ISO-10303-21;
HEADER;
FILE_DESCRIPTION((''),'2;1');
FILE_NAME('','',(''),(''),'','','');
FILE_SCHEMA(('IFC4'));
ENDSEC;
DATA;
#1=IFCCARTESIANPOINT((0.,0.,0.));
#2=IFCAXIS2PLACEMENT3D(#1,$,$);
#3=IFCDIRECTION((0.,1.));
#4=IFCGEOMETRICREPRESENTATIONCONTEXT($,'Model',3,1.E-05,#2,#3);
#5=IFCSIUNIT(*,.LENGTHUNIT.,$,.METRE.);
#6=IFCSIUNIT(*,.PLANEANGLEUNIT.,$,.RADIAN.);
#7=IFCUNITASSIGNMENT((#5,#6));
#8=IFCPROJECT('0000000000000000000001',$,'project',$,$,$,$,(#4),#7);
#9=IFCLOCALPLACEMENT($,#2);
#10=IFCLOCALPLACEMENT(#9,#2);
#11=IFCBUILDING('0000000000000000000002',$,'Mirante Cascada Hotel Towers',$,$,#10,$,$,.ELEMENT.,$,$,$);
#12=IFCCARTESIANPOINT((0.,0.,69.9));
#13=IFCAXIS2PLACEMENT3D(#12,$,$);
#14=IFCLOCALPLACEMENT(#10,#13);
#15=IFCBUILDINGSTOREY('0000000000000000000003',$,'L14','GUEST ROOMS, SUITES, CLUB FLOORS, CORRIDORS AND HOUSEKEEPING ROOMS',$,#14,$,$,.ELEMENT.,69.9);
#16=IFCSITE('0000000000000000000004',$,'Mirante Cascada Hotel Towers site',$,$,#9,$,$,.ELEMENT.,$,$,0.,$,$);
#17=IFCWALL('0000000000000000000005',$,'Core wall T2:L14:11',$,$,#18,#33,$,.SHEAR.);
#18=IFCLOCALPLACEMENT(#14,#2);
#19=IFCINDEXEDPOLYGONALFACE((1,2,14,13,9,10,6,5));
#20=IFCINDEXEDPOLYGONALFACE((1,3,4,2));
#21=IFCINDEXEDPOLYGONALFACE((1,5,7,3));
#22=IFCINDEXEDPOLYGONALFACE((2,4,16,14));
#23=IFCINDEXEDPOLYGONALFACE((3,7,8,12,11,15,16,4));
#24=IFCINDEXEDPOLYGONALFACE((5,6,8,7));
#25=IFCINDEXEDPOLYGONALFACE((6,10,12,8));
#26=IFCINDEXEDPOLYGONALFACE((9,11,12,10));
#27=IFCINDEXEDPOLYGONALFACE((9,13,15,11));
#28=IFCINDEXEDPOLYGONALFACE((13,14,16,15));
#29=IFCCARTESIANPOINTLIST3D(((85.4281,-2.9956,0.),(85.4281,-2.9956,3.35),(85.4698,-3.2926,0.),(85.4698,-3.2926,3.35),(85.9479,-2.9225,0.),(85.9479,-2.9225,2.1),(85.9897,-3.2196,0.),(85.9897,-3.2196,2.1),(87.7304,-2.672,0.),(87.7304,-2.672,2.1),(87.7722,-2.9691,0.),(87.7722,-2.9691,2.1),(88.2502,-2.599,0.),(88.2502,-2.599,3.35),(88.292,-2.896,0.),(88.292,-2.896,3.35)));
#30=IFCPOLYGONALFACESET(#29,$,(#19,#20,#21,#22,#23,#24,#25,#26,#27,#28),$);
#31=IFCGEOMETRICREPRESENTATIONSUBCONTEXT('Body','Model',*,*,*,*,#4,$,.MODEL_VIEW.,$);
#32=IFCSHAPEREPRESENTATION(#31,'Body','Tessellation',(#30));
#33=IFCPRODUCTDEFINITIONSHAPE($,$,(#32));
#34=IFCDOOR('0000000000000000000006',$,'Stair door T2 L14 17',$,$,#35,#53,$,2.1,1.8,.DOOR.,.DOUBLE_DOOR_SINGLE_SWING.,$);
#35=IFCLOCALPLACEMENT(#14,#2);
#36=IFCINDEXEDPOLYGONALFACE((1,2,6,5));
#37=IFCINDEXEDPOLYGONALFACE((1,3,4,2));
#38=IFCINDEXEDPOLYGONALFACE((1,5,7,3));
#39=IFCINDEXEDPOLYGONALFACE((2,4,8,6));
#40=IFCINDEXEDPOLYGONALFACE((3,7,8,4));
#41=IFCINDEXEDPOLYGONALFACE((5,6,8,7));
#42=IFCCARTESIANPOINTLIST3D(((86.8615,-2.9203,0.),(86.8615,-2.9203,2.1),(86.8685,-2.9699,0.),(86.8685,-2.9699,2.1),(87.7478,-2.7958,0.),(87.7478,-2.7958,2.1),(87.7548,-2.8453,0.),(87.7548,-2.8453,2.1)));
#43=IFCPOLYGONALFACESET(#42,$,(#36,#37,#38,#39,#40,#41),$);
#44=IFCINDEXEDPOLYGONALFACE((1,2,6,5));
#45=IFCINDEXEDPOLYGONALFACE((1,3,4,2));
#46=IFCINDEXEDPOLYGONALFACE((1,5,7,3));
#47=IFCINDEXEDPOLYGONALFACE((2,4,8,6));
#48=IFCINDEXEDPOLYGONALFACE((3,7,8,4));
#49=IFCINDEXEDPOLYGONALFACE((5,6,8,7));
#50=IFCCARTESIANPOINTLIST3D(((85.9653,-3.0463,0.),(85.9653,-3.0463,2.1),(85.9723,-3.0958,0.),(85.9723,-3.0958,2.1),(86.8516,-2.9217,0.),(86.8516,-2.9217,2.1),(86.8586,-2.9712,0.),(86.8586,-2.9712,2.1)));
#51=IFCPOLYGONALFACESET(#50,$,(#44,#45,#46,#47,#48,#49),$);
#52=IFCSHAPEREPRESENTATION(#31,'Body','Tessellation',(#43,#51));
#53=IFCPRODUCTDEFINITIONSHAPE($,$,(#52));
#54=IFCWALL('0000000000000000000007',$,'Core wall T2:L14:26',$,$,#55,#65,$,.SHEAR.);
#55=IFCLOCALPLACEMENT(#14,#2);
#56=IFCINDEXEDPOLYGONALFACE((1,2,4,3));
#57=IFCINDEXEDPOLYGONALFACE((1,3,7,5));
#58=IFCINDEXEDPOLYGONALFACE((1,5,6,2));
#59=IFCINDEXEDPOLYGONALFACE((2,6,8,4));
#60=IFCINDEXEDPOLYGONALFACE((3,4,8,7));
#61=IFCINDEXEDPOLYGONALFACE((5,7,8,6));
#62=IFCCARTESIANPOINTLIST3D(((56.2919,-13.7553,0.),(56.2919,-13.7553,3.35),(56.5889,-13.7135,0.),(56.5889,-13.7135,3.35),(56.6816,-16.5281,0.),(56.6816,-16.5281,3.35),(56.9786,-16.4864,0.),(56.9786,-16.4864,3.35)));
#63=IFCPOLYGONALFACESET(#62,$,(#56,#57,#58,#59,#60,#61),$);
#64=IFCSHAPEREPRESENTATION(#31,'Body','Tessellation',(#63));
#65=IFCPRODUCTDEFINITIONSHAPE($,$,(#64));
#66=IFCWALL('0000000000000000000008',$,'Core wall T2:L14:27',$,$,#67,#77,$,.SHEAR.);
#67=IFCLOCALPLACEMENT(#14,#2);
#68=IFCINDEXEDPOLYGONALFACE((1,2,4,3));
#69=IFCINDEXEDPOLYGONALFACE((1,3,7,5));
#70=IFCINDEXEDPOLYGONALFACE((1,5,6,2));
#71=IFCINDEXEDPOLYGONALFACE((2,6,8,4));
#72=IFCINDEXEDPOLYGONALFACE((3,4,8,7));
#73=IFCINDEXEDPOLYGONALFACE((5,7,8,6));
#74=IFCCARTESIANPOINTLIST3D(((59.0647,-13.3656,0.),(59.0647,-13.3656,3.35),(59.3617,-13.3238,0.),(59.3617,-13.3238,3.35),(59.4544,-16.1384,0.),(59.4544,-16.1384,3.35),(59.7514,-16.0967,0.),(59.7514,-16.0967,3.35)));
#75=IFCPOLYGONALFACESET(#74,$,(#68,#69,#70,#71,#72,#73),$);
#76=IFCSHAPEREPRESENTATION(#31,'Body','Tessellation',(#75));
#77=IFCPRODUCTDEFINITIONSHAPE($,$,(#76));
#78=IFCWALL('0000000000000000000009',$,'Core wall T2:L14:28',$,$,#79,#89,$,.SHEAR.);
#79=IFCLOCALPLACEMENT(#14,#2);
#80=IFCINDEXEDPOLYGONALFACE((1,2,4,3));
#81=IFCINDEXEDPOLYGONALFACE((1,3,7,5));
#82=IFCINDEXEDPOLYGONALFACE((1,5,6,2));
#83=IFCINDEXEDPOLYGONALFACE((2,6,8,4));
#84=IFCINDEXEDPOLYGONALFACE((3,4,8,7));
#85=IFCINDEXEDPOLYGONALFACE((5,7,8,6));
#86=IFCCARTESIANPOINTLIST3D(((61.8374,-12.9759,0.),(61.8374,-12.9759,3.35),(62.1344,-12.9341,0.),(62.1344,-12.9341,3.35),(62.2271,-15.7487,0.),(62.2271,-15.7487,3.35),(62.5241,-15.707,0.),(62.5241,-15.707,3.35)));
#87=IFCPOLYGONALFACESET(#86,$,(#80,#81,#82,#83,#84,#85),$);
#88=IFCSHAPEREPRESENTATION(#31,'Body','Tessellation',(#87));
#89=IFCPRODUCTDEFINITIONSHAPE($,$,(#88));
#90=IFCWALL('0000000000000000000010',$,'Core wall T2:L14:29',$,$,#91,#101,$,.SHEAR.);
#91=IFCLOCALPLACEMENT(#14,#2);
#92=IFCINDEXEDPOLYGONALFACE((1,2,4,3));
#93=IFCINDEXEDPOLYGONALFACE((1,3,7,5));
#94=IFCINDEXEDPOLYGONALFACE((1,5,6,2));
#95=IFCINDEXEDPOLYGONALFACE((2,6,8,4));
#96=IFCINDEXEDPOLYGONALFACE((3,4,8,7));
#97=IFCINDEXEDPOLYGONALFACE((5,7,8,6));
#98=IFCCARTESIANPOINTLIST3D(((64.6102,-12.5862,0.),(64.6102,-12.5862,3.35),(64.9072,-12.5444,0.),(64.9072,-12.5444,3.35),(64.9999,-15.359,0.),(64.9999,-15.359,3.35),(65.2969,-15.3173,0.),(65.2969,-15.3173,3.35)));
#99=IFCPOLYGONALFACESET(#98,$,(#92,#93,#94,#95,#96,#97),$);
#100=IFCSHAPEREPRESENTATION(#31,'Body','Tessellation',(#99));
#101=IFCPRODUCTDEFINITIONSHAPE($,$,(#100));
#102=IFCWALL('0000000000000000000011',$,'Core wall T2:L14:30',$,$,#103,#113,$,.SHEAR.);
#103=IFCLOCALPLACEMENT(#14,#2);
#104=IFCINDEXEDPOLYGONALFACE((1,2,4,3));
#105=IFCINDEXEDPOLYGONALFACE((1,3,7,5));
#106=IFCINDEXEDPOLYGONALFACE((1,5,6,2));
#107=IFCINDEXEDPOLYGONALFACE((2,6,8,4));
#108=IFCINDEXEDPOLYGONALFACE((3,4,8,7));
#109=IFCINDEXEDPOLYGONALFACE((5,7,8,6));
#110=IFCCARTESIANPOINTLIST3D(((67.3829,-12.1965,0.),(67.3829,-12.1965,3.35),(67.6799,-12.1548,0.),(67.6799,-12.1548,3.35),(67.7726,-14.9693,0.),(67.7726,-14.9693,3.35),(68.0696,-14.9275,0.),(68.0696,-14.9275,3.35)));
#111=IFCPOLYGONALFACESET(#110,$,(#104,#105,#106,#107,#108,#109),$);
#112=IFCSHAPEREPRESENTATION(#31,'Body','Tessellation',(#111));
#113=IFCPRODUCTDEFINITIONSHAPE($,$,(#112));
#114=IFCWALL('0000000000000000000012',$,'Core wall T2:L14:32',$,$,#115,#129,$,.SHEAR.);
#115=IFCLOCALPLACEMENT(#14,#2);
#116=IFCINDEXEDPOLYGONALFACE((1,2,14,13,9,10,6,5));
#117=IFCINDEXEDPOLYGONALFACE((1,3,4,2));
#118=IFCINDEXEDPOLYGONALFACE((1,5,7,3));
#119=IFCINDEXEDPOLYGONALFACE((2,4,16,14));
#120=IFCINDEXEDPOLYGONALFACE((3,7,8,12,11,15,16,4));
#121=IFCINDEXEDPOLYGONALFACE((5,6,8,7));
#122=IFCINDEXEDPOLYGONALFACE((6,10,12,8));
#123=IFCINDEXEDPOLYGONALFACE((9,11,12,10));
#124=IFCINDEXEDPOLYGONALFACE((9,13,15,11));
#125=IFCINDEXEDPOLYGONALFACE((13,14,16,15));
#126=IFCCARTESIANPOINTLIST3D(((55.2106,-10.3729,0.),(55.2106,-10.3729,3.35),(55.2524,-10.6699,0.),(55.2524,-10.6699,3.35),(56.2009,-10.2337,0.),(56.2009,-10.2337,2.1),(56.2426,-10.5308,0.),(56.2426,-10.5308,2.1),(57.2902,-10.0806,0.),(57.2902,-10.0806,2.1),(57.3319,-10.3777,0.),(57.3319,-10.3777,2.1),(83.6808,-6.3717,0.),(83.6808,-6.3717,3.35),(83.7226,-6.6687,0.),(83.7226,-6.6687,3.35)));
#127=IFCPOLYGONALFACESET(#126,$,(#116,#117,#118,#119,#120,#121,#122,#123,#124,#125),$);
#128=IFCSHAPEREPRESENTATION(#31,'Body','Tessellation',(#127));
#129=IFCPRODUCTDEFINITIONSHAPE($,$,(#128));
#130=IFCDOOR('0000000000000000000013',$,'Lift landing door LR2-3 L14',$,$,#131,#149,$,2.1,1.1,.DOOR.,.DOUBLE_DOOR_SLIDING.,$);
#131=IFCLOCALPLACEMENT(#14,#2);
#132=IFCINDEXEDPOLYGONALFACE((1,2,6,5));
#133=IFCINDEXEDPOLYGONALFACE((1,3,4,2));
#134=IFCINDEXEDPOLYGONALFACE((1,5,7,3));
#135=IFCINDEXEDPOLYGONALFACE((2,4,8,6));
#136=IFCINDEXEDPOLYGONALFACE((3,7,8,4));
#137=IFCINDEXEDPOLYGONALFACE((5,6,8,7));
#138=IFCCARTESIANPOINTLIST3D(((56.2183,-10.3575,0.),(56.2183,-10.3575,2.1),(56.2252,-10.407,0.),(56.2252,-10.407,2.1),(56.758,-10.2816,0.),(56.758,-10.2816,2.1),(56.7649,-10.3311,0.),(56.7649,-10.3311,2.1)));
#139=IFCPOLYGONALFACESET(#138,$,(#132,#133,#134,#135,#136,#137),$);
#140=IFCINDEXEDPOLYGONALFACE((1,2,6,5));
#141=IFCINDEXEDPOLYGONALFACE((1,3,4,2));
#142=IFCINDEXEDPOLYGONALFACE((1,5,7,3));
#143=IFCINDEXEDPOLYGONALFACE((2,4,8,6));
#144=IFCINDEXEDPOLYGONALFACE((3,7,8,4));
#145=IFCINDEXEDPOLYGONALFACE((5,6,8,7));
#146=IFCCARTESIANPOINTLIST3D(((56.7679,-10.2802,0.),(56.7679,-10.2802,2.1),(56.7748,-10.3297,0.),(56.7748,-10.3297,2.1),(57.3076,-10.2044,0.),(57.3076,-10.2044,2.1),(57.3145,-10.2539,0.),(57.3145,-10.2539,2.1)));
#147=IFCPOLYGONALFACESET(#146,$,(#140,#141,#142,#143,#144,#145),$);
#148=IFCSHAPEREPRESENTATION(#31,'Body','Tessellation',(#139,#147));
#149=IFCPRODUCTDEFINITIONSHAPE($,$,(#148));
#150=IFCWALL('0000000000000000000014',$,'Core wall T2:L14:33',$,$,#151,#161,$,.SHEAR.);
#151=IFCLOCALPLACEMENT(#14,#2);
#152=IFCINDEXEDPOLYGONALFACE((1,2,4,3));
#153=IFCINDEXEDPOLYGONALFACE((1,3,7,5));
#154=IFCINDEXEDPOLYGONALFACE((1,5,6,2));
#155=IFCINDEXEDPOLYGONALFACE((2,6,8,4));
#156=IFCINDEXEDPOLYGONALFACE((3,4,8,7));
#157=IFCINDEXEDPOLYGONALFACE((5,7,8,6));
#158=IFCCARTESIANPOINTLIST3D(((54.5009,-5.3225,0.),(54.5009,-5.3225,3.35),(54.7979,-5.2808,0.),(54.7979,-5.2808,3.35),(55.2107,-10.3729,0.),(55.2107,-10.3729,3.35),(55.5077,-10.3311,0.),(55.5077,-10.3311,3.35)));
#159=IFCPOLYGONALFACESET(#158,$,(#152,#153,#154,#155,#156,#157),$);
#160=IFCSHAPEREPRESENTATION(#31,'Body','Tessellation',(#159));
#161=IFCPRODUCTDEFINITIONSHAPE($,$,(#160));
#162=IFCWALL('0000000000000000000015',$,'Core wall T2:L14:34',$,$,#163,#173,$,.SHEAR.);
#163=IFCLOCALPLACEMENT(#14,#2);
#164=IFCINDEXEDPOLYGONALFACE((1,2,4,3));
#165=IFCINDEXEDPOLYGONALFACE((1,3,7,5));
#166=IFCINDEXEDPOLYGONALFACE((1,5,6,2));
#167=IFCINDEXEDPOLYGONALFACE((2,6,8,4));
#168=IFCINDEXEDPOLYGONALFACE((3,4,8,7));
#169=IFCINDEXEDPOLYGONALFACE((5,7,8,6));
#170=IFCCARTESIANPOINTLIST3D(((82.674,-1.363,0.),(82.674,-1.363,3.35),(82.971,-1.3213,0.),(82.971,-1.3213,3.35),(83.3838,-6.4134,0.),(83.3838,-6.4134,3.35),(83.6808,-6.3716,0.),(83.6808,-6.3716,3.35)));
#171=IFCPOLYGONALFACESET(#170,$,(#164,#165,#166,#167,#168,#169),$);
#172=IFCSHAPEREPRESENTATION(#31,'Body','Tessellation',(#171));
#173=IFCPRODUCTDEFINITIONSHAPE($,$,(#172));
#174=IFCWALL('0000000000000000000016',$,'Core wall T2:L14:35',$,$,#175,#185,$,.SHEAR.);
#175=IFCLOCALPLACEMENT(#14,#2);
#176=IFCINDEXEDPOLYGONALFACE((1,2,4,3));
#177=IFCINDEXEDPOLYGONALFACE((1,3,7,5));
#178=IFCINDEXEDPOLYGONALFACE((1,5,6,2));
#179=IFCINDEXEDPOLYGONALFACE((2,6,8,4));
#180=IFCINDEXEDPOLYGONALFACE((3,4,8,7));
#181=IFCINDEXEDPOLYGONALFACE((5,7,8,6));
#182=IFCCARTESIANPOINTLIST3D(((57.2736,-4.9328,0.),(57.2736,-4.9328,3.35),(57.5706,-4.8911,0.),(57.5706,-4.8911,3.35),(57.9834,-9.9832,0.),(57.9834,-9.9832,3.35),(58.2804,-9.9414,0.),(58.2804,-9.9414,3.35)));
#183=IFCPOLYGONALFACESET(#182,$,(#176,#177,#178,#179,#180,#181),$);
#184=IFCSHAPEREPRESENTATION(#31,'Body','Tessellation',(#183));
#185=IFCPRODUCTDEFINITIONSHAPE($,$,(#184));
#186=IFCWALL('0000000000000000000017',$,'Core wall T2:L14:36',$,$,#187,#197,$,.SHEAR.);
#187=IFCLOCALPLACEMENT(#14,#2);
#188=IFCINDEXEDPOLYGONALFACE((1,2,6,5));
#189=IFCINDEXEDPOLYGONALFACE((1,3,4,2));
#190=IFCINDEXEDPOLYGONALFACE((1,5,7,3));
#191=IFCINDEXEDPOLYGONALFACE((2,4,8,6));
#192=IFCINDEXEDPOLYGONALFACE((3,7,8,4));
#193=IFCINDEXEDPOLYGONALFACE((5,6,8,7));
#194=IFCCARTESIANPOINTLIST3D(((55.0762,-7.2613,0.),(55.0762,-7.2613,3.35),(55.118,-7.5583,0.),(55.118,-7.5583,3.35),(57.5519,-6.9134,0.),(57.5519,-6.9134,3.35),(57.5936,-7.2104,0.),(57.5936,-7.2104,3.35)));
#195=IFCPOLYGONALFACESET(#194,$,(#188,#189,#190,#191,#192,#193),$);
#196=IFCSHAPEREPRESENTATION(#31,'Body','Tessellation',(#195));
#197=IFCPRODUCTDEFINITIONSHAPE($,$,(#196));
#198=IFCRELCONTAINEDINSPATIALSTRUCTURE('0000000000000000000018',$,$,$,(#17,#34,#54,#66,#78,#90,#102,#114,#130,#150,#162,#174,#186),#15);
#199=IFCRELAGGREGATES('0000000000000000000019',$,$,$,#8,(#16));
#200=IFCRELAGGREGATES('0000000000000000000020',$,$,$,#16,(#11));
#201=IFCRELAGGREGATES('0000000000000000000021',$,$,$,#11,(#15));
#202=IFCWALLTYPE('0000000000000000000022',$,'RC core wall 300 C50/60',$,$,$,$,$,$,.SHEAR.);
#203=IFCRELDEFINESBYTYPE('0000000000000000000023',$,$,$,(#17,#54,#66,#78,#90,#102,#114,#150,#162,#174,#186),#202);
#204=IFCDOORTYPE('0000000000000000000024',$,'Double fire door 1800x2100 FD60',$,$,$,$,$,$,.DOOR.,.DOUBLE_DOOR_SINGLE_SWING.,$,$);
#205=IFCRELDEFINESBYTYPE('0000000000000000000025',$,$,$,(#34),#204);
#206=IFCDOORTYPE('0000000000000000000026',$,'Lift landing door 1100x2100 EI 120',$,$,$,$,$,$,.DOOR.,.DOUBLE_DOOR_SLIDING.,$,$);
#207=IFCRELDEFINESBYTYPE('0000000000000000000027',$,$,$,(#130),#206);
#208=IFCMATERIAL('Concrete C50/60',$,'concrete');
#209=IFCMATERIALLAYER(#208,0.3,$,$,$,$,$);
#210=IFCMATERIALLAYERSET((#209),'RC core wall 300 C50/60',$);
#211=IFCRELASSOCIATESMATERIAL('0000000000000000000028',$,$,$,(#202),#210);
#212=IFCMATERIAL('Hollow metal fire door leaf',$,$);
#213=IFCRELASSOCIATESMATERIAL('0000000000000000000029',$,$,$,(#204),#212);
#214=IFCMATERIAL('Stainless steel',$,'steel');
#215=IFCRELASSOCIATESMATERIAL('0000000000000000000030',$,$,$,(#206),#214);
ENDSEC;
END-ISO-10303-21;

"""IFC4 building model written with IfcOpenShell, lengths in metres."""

from ifc_helpers import new_model, si_unit, direction, frame, frame_2d, origin, place, context, subcontext, project, spatial, rectangle, extrude, material, layer, layer_set, type_object, element, fill, save


model = new_model("IFC4")

# Units and contexts
model_context = context("Model", 3, precision=1e-05, world=origin(), true_north=direction((0.0, 1.0)))
body_context = subcontext(model_context, "Body", "Model", "MODEL_VIEW")
ifc_project = project(units=[si_unit("LENGTHUNIT", "METRE"), si_unit("PLANEANGLEUNIT", "RADIAN")], contexts=[model_context])

# Site, building, storey
site_placement = place(None, origin())
site = spatial("IfcSite", under=ifc_project, at=site_placement, Name="Mirante Cascada Hotel Towers site", CompositionType="ELEMENT", RefElevation=0.0)
building_placement = place(site_placement, origin())
building = spatial("IfcBuilding", under=site, at=building_placement, Name="Mirante Cascada Hotel Towers", CompositionType="ELEMENT")
storey_placement = place(building_placement, frame((0.0, 0.0, 69.9)))
storey = spatial("IfcBuildingStorey", under=building, at=storey_placement, Name="L14", Description="GUEST ROOMS, SUITES, CLUB FLOORS, CORRIDORS AND HOUSEKEEPING ROOMS", CompositionType="ELEMENT", Elevation=69.9)

# Wall, opening, door
ifc_material_1 = material(Name="Concrete C50/60", Category="concrete")
ifc_layer_1 = layer(ifc_material_1, 0.3)
ifc_layer_set_1 = layer_set([ifc_layer_1], Name="RC core wall 300 C50/60")
wall_type_1 = type_object("IfcWallType", Name="RC core wall 300 C50/60", PredefinedType="SHEAR", material=ifc_layer_set_1)
wall_1_placement = place(storey_placement, frame((85.4489, -3.1441, 0.0), z_axis=(0.0, 0.0, 1.0), x_axis=(0.99027, 0.139161, 0.0)))
wall_1 = element("IfcWall", 1, at=wall_1_placement, inside=storey, type_object=wall_type_1, Name="Core wall T2:L14:11", PredefinedType="SHEAR", context=body_context, shape_type="SweptSolid", body=[
    extrude(rectangle(XDim=2.8499, YDim=0.3, at=frame_2d((1.425, 0.0))), origin(), (0.0, 0.0, 1.0), 3.35),
])
opening_1_placement = place(wall_1_placement, frame((0.525, 0.0, 0.0)))
opening_1 = element("IfcOpeningElement", 2, at=opening_1_placement, cuts=wall_1, PredefinedType="OPENING", context=body_context, shape_type="SweptSolid", body=[
    extrude(rectangle(XDim=1.8, YDim=2.1, at=frame_2d((0.9, 1.05))), frame((0.0, 0.15, 0.0), z_axis=(0.0, -1.0, 0.0), x_axis=(1.0, 0.0, 0.0)), (0.0, 0.0, 1.0), 0.3),
])
ifc_material_2 = material(Name="Hollow metal fire door leaf")
door_type_1 = type_object("IfcDoorType", Name="Double fire door 1800x2100 FD60", OperationType="DOUBLE_DOOR_SINGLE_SWING", PredefinedType="DOOR", material=ifc_material_2)
door_1_placement = place(opening_1_placement, frame((1.8, 0.0, 0.0), z_axis=(0.0, 0.0, 1.0), x_axis=(-1.0, 0.0, 0.0)))
door_1 = element("IfcDoor", 3, at=door_1_placement, inside=storey, type_object=door_type_1, Name="Stair door T2 L14 17", OperationType="DOUBLE_DOOR_SINGLE_SWING", OverallHeight=2.1, OverallWidth=1.8, PredefinedType="DOOR", context=body_context, shape_type="SweptSolid", body=[
    extrude(rectangle(XDim=0.895, YDim=2.1, at=frame_2d((0.4475, 1.05))), frame((0.0, 0.025, 0.0), z_axis=(0.0, -1.0, 0.0), x_axis=(1.0, 0.0, 0.0)), (0.0, 0.0, 1.0), 0.05),
    extrude(rectangle(XDim=0.895, YDim=2.1, at=frame_2d((1.3525, 1.05))), frame((0.0, 0.025, 0.0), z_axis=(0.0, -1.0, 0.0), x_axis=(1.0, 0.0, 0.0)), (0.0, 0.0, 1.0), 0.05),
])
fill(opening_1, door_1)

# Walls
for number, where, z_axis, x_axis, name in (
    (4, (56.8301, -16.5072, 0.0), (0.0, 0.0, 1.0), (-0.139176, 0.990268, 0.0), "Core wall T2:L14:26"),
    (5, (59.6029, -16.1175, 0.0), (0.0, 0.0, 1.0), (-0.139176, 0.990268, 0.0), "Core wall T2:L14:27"),
    (6, (62.3756, -15.7278, 0.0), (0.0, 0.0, 1.0), (-0.139176, 0.990268, 0.0), "Core wall T2:L14:28"),
    (7, (65.1484, -15.3381, 0.0), (0.0, 0.0, 1.0), (-0.139176, 0.990268, 0.0), "Core wall T2:L14:29"),
):
    element("IfcWall", number, at=place(storey_placement, frame(where, z_axis=z_axis, x_axis=x_axis)), inside=storey, type_object=wall_type_1, Name=name, PredefinedType="SHEAR", context=body_context, shape_type="SweptSolid", body=[
        extrude(rectangle(XDim=2.8001, YDim=0.3, at=frame_2d((1.4, 0.0))), origin(), (0.0, 0.0, 1.0), 3.35),
    ])
wall_2_placement = place(storey_placement, frame((67.9211, -14.9484, 0.0), z_axis=(0.0, 0.0, 1.0), x_axis=(-0.139181, 0.990267, 0.0)))
element("IfcWall", 8, at=wall_2_placement, inside=storey, type_object=wall_type_1, Name="Core wall T2:L14:30", PredefinedType="SHEAR", context=body_context, shape_type="SweptSolid", body=[
    extrude(rectangle(XDim=2.8, YDim=0.3, at=frame_2d((1.4, 0.0))), origin(), (0.0, 0.0, 1.0), 3.35),
])

# Wall, opening, door
wall_3_placement = place(storey_placement, frame((55.2315, -10.5214, 0.0), z_axis=(0.0, 0.0, 1.0), x_axis=(0.990268, 0.139172, 0.0)))
wall_3 = element("IfcWall", 9, at=wall_3_placement, inside=storey, type_object=wall_type_1, Name="Core wall T2:L14:32", PredefinedType="SHEAR", context=body_context, shape_type="SweptSolid", body=[
    extrude(rectangle(XDim=28.75, YDim=0.3, at=frame_2d((14.375, 0.0))), origin(), (0.0, 0.0, 1.0), 3.35),
])
opening_2_placement = place(wall_3_placement, frame((1.0, 0.0, 0.0)))
opening_2 = element("IfcOpeningElement", 10, at=opening_2_placement, cuts=wall_3, PredefinedType="OPENING", context=body_context, shape_type="SweptSolid", body=[
    extrude(rectangle(XDim=1.1, YDim=2.1, at=frame_2d((0.55, 1.05))), frame((0.0, 0.15, 0.0), z_axis=(0.0, -1.0, 0.0), x_axis=(1.0, 0.0, 0.0)), (0.0, 0.0, 1.0), 0.3),
])
ifc_material_3 = material(Name="Stainless steel", Category="steel")
door_type_2 = type_object("IfcDoorType", Name="Lift landing door 1100x2100 EI 120", OperationType="DOUBLE_DOOR_SLIDING", PredefinedType="DOOR", material=ifc_material_3)
door_2_placement = place(opening_2_placement, origin())
door_2 = element("IfcDoor", 11, at=door_2_placement, inside=storey, type_object=door_type_2, Name="Lift landing door LR2-3 L14", OperationType="DOUBLE_DOOR_SLIDING", OverallHeight=2.1, OverallWidth=1.1, PredefinedType="DOOR", context=body_context, shape_type="SweptSolid", body=[
    extrude(rectangle(XDim=0.545, YDim=2.1, at=frame_2d((0.2725, 1.05))), frame((0.0, 0.025, 0.0), z_axis=(0.0, -1.0, 0.0), x_axis=(1.0, 0.0, 0.0)), (0.0, 0.0, 1.0), 0.05),
    extrude(rectangle(XDim=0.545, YDim=2.1, at=frame_2d((0.8275, 1.05))), frame((0.0, 0.025, 0.0), z_axis=(0.0, -1.0, 0.0), x_axis=(1.0, 0.0, 0.0)), (0.0, 0.0, 1.0), 0.05),
])
fill(opening_2, door_2)

# Walls
for number, where, z_axis, x_axis, name in (
    (12, (55.3592, -10.352, 0.0), (0.0, 0.0, 1.0), (-0.139176, 0.990268, 0.0), "Core wall T2:L14:33"),
    (13, (83.5323, -6.3925, 0.0), (0.0, 0.0, 1.0), (-0.139176, 0.990268, 0.0), "Core wall T2:L14:34"),
    (14, (58.1319, -9.9623, 0.0), (0.0, 0.0, 1.0), (-0.139176, 0.990268, 0.0), "Core wall T2:L14:35"),
):
    element("IfcWall", number, at=place(storey_placement, frame(where, z_axis=z_axis, x_axis=x_axis)), inside=storey, type_object=wall_type_1, Name=name, PredefinedType="SHEAR", context=body_context, shape_type="SweptSolid", body=[
        extrude(rectangle(XDim=5.1, YDim=0.3, at=frame_2d((2.55, 0.0))), origin(), (0.0, 0.0, 1.0), 3.35),
    ])
wall_4_placement = place(storey_placement, frame((55.0971, -7.4098, 0.0), z_axis=(0.0, 0.0, 1.0), x_axis=(0.99027, 0.139159, 0.0)))
element("IfcWall", 15, at=wall_4_placement, inside=storey, type_object=wall_type_1, Name="Core wall T2:L14:36", PredefinedType="SHEAR", context=body_context, shape_type="SweptSolid", body=[
    extrude(rectangle(XDim=2.5, YDim=0.3, at=frame_2d((1.25, 0.0))), origin(), (0.0, 0.0, 1.0), 3.35),
])

save(model, "model.ifc")
